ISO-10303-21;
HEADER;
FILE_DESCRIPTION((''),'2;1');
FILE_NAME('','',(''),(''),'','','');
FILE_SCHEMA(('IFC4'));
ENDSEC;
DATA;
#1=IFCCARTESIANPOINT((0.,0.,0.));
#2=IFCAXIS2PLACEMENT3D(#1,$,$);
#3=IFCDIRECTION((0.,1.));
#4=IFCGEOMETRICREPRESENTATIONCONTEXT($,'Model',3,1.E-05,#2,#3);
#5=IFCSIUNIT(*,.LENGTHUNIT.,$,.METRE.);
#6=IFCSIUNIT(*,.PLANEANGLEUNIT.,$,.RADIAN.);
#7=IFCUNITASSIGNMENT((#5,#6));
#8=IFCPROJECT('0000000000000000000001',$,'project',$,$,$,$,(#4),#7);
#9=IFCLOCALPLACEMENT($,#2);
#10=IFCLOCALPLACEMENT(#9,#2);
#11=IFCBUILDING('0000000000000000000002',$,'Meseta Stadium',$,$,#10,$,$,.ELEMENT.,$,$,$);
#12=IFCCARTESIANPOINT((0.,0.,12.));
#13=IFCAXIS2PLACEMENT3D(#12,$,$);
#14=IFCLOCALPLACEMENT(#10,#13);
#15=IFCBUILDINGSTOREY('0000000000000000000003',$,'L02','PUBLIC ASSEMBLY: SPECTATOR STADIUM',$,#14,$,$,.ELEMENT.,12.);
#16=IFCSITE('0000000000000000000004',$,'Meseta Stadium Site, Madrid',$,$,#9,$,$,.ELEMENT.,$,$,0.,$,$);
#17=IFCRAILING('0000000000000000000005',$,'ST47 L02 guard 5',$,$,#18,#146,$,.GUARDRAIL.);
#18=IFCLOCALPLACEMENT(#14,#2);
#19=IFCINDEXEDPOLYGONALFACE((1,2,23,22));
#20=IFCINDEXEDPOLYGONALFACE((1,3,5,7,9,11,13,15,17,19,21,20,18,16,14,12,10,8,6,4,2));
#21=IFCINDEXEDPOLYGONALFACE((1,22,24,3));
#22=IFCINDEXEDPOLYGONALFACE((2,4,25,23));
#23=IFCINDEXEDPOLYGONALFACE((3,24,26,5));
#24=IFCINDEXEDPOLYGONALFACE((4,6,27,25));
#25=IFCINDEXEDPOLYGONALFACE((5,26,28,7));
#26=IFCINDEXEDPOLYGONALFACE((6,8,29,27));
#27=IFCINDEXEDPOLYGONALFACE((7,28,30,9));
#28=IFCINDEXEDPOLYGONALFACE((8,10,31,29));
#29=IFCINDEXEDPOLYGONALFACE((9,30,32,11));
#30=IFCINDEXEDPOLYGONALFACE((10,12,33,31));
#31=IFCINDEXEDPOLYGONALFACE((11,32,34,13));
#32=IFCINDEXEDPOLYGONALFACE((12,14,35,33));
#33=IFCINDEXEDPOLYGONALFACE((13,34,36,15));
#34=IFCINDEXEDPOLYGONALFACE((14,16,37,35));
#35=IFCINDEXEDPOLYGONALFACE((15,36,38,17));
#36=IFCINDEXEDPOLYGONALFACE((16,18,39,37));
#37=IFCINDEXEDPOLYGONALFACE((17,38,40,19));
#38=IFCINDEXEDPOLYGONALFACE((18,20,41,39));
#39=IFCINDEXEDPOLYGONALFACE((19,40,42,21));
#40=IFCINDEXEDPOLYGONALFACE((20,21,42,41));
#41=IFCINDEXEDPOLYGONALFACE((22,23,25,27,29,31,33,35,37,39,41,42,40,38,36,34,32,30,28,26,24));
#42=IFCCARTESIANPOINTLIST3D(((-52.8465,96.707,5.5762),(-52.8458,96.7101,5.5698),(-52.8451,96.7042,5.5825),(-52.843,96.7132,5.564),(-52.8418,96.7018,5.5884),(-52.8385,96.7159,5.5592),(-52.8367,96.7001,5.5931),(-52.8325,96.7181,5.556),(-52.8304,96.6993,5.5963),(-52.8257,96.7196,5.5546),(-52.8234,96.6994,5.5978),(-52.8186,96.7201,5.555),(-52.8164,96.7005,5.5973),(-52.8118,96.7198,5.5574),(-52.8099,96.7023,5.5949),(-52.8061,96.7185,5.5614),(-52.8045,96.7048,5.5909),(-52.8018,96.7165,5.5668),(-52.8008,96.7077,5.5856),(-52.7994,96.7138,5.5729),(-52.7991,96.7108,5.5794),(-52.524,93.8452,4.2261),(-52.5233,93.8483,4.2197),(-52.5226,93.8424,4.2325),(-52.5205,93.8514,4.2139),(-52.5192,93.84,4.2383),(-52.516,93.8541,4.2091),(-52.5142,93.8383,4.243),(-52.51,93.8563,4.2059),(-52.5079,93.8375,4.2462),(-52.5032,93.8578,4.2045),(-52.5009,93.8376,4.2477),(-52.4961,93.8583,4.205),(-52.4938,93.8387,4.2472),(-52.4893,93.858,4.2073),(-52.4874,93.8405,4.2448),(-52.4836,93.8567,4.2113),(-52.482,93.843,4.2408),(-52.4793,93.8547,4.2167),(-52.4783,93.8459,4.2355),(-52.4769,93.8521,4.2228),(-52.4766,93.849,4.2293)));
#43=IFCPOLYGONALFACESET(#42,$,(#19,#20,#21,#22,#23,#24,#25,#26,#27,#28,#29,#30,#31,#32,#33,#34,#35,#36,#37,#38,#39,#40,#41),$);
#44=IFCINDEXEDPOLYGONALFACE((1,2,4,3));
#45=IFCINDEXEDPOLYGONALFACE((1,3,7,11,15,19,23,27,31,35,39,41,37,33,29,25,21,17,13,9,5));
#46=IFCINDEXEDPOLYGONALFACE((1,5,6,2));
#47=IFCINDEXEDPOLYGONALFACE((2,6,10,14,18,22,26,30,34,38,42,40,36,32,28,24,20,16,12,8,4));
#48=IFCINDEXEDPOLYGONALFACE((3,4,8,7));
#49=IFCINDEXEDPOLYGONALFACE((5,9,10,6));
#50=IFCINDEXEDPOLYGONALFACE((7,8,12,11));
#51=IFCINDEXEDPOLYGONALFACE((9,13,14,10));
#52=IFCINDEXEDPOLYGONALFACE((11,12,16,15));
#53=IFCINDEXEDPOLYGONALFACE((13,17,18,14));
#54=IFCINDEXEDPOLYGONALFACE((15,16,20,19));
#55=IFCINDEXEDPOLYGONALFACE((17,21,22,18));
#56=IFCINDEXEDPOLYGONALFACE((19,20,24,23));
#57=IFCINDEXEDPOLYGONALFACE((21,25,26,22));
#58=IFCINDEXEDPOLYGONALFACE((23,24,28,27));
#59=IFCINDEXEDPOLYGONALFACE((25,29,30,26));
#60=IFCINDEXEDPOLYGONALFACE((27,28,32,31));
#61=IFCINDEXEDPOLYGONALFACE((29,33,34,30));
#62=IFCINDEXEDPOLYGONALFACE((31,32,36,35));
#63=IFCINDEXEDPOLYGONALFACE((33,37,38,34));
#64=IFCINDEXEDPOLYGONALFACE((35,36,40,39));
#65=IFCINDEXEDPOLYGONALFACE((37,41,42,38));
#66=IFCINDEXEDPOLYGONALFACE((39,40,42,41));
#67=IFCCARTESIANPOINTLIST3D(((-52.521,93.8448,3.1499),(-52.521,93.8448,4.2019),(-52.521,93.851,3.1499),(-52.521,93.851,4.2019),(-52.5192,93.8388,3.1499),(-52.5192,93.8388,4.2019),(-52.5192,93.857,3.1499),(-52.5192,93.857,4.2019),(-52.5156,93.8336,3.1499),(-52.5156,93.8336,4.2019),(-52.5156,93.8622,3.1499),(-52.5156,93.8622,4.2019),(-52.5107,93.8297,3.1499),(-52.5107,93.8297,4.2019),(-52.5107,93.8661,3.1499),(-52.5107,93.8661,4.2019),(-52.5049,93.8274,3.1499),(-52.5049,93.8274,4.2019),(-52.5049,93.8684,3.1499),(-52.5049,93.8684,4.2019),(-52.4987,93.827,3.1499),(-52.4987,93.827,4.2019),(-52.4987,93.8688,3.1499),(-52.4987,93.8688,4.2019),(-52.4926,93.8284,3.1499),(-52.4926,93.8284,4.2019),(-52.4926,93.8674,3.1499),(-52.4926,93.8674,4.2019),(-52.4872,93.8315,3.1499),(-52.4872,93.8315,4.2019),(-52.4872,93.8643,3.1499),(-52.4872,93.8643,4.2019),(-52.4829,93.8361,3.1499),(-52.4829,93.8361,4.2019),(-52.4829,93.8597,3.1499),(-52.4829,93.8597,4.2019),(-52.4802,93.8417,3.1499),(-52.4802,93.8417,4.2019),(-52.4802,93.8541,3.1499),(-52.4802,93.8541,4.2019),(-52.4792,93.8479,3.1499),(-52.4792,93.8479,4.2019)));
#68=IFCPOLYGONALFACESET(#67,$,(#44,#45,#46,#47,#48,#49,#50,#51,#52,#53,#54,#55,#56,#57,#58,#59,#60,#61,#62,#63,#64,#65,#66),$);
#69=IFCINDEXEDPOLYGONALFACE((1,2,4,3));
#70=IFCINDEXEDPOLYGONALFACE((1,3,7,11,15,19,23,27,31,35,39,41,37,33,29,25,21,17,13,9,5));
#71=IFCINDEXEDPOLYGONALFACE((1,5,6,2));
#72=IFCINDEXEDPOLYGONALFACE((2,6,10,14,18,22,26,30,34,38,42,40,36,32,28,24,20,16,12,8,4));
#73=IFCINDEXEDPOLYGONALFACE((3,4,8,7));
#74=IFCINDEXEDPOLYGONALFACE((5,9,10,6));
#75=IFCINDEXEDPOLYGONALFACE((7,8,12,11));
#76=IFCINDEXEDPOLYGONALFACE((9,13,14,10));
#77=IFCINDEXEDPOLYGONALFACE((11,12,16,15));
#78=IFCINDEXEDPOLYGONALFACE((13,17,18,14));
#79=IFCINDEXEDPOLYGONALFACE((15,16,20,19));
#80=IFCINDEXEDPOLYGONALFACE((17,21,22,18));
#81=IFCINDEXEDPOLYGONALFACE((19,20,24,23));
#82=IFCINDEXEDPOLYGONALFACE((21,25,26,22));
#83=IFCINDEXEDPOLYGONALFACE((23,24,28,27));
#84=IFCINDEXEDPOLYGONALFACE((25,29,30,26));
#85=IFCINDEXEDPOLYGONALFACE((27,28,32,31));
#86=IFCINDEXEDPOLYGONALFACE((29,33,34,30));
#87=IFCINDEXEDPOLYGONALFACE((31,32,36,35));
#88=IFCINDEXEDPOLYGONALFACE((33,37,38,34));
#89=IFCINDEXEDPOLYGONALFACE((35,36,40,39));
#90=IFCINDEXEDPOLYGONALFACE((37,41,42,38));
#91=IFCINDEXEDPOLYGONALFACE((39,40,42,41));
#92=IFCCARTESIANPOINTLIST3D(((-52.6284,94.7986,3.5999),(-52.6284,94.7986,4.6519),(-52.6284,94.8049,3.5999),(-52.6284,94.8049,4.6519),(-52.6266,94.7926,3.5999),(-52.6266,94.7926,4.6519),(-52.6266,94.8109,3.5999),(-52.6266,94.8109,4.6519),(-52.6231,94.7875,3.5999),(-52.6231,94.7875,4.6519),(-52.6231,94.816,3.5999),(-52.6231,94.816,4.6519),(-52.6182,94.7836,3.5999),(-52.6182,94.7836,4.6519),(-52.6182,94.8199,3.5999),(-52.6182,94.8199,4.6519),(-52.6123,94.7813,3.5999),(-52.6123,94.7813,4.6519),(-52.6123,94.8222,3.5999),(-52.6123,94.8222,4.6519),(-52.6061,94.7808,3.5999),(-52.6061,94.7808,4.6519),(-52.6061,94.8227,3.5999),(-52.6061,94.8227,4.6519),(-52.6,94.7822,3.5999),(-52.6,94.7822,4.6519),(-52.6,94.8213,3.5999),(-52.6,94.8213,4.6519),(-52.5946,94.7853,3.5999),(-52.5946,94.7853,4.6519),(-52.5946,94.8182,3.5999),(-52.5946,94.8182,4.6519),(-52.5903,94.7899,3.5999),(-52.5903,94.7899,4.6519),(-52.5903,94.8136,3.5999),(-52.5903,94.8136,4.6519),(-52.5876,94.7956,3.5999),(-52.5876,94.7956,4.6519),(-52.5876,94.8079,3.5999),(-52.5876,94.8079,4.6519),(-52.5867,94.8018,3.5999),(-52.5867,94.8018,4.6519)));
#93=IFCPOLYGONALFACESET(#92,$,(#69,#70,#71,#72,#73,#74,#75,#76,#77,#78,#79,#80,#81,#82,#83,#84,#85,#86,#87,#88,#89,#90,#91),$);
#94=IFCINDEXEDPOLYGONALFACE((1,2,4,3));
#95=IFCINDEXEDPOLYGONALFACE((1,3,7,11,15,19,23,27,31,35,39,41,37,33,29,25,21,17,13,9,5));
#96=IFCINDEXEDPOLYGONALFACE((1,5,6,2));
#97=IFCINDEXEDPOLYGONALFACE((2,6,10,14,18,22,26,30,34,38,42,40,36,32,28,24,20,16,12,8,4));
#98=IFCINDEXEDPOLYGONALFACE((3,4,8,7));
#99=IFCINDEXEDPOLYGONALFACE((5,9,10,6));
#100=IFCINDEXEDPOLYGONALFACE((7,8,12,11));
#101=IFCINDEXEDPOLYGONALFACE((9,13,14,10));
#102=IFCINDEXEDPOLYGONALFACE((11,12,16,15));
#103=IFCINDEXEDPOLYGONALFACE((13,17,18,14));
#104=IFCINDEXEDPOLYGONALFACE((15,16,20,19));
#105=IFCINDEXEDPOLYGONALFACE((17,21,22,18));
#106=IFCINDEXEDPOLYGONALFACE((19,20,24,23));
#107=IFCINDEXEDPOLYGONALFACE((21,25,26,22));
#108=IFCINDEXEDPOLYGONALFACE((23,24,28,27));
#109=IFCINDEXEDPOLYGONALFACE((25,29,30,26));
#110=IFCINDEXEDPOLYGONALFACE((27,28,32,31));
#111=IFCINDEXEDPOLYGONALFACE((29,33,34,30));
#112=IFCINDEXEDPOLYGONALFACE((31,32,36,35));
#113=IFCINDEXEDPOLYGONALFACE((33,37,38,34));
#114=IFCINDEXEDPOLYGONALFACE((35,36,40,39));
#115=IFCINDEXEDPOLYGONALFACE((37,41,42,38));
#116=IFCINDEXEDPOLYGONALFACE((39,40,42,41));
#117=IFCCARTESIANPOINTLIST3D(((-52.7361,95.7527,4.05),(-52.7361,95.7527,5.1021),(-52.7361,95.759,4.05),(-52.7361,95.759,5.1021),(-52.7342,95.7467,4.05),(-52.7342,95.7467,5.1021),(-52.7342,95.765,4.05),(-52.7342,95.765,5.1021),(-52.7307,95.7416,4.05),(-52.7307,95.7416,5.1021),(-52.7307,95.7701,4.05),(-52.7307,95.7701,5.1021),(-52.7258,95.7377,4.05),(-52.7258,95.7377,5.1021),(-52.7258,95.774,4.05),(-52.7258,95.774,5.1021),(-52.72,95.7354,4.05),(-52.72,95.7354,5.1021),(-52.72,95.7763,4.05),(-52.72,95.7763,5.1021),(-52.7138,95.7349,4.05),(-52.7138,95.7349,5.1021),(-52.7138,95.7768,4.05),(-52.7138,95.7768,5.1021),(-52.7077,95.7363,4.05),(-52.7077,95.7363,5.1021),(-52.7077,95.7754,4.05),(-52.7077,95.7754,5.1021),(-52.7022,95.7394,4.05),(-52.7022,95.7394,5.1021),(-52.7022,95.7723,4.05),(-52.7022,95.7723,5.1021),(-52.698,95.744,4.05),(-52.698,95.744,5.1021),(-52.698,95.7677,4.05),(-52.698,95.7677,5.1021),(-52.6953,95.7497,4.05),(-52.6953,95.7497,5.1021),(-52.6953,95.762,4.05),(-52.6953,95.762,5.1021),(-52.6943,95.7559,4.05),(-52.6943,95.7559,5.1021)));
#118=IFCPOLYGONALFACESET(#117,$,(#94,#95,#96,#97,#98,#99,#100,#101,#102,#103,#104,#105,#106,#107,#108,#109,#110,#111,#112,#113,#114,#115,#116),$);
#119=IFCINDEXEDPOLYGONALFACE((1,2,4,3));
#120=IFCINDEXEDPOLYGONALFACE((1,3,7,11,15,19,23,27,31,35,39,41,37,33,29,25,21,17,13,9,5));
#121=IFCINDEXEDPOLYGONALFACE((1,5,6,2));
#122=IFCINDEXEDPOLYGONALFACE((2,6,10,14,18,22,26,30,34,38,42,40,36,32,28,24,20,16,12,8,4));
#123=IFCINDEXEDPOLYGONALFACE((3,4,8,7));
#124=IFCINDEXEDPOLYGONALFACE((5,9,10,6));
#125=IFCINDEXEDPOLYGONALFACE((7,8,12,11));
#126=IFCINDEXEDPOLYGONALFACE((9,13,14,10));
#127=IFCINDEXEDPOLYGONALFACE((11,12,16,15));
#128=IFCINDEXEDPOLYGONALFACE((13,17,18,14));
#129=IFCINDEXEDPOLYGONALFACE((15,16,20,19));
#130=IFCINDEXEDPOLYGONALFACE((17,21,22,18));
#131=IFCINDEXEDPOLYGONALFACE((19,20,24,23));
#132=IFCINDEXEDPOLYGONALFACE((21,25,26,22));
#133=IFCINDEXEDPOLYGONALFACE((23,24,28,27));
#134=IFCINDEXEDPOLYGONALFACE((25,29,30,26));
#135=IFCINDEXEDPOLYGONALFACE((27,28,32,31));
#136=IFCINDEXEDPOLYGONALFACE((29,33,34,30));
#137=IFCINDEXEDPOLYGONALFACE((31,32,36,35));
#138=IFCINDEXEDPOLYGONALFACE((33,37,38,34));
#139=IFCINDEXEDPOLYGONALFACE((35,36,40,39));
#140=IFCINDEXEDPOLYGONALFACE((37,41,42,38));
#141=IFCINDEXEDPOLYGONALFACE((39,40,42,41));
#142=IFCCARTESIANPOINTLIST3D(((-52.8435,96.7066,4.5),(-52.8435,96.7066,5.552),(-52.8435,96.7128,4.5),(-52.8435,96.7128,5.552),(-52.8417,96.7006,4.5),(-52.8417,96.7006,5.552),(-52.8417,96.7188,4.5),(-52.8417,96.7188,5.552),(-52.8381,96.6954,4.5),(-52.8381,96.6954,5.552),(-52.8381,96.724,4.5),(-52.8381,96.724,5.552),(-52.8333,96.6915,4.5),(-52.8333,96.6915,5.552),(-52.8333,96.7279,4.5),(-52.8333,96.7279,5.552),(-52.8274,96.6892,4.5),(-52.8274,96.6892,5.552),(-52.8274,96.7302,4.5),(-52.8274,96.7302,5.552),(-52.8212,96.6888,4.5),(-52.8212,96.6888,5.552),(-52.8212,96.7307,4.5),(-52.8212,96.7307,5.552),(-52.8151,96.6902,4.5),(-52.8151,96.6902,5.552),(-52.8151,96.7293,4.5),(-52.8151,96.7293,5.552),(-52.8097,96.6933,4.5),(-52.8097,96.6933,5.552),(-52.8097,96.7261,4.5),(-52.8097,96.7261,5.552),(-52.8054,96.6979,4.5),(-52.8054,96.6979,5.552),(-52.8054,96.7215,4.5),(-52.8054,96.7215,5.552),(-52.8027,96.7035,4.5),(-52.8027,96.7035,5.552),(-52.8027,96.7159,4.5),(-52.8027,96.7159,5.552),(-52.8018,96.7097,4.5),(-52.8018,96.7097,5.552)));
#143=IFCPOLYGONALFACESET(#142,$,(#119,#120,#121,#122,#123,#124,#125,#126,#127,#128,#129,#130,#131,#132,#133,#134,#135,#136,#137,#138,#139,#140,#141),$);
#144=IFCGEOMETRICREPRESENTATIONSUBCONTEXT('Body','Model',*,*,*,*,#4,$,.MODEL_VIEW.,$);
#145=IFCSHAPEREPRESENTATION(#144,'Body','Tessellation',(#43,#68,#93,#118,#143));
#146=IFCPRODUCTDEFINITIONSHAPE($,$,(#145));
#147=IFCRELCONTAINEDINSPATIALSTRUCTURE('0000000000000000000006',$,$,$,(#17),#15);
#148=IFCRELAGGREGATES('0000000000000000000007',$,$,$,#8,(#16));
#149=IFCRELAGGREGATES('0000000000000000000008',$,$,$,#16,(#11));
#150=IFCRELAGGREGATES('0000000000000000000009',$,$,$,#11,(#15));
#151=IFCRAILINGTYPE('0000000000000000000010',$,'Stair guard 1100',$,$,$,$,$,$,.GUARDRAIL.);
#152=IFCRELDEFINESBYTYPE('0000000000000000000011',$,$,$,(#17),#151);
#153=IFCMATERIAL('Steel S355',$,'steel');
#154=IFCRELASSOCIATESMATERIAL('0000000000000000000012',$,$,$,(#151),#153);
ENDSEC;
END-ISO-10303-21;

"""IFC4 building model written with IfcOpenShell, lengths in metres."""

from ifc_helpers import new_model, si_unit, direction, frame, origin, origin_2d, place, context, subcontext, project, spatial, circle, extrude, material, type_object, element, save


model = new_model("IFC4")

# Units and contexts
model_context = context("Model", 3, precision=1e-05, world=origin(), true_north=direction((0.0, 1.0)))
body_context = subcontext(model_context, "Body", "Model", "MODEL_VIEW")
ifc_project = project(units=[si_unit("LENGTHUNIT", "METRE"), si_unit("PLANEANGLEUNIT", "RADIAN")], contexts=[model_context])

# Site, building, storey
site_placement = place(None, origin())
site = spatial("IfcSite", under=ifc_project, at=site_placement, Name="Meseta Stadium Site, Madrid", CompositionType="ELEMENT", RefElevation=0.0)
building_placement = place(site_placement, origin())
building = spatial("IfcBuilding", under=site, at=building_placement, Name="Meseta Stadium", CompositionType="ELEMENT")
storey_placement = place(building_placement, frame((0.0, 0.0, 12.0)))
storey = spatial("IfcBuildingStorey", under=building, at=storey_placement, Name="L02", Description="PUBLIC ASSEMBLY: SPECTATOR STADIUM", CompositionType="ELEMENT", Elevation=12.0)

# Railing
ifc_material_1 = material(Name="Steel S355", Category="steel")
railing_type_1 = type_object("IfcRailingType", Name="Stair guard 1100", PredefinedType="GUARDRAIL", material=ifc_material_1)
railing_1_placement = place(storey_placement, frame((-52.5002, 93.8479, 3.1499)))
element("IfcRailing", 1, at=railing_1_placement, inside=storey, type_object=railing_type_1, Name="ST47 L02 guard 5", PredefinedType="GUARDRAIL", context=body_context, shape_type="SweptSolid", body=[
    extrude(circle(Radius=0.0239, at=origin_2d()), frame((0.0, 0.0, 1.0762), z_axis=(-0.101396, 0.899748, 0.424467), x_axis=(-0.99371, -0.111985, 0.0)), (0.0, 0.0, 1.0), 3.1807),
    extrude(circle(Radius=0.021, at=origin_2d()), origin(), (0.0, 0.0, 1.0), 1.052),
    extrude(circle(Radius=0.021, at=origin_2d()), frame((-0.1074, 0.9539, 0.45)), (0.0, 0.0, 1.0), 1.052),
    extrude(circle(Radius=0.021, at=origin_2d()), frame((-0.2151, 1.908, 0.9001)), (0.0, 0.0, 1.0), 1.052),
    extrude(circle(Radius=0.021, at=origin_2d()), frame((-0.3225, 2.8618, 1.3501)), (0.0, 0.0, 1.0), 1.052),
])

save(model, "model.ifc")
